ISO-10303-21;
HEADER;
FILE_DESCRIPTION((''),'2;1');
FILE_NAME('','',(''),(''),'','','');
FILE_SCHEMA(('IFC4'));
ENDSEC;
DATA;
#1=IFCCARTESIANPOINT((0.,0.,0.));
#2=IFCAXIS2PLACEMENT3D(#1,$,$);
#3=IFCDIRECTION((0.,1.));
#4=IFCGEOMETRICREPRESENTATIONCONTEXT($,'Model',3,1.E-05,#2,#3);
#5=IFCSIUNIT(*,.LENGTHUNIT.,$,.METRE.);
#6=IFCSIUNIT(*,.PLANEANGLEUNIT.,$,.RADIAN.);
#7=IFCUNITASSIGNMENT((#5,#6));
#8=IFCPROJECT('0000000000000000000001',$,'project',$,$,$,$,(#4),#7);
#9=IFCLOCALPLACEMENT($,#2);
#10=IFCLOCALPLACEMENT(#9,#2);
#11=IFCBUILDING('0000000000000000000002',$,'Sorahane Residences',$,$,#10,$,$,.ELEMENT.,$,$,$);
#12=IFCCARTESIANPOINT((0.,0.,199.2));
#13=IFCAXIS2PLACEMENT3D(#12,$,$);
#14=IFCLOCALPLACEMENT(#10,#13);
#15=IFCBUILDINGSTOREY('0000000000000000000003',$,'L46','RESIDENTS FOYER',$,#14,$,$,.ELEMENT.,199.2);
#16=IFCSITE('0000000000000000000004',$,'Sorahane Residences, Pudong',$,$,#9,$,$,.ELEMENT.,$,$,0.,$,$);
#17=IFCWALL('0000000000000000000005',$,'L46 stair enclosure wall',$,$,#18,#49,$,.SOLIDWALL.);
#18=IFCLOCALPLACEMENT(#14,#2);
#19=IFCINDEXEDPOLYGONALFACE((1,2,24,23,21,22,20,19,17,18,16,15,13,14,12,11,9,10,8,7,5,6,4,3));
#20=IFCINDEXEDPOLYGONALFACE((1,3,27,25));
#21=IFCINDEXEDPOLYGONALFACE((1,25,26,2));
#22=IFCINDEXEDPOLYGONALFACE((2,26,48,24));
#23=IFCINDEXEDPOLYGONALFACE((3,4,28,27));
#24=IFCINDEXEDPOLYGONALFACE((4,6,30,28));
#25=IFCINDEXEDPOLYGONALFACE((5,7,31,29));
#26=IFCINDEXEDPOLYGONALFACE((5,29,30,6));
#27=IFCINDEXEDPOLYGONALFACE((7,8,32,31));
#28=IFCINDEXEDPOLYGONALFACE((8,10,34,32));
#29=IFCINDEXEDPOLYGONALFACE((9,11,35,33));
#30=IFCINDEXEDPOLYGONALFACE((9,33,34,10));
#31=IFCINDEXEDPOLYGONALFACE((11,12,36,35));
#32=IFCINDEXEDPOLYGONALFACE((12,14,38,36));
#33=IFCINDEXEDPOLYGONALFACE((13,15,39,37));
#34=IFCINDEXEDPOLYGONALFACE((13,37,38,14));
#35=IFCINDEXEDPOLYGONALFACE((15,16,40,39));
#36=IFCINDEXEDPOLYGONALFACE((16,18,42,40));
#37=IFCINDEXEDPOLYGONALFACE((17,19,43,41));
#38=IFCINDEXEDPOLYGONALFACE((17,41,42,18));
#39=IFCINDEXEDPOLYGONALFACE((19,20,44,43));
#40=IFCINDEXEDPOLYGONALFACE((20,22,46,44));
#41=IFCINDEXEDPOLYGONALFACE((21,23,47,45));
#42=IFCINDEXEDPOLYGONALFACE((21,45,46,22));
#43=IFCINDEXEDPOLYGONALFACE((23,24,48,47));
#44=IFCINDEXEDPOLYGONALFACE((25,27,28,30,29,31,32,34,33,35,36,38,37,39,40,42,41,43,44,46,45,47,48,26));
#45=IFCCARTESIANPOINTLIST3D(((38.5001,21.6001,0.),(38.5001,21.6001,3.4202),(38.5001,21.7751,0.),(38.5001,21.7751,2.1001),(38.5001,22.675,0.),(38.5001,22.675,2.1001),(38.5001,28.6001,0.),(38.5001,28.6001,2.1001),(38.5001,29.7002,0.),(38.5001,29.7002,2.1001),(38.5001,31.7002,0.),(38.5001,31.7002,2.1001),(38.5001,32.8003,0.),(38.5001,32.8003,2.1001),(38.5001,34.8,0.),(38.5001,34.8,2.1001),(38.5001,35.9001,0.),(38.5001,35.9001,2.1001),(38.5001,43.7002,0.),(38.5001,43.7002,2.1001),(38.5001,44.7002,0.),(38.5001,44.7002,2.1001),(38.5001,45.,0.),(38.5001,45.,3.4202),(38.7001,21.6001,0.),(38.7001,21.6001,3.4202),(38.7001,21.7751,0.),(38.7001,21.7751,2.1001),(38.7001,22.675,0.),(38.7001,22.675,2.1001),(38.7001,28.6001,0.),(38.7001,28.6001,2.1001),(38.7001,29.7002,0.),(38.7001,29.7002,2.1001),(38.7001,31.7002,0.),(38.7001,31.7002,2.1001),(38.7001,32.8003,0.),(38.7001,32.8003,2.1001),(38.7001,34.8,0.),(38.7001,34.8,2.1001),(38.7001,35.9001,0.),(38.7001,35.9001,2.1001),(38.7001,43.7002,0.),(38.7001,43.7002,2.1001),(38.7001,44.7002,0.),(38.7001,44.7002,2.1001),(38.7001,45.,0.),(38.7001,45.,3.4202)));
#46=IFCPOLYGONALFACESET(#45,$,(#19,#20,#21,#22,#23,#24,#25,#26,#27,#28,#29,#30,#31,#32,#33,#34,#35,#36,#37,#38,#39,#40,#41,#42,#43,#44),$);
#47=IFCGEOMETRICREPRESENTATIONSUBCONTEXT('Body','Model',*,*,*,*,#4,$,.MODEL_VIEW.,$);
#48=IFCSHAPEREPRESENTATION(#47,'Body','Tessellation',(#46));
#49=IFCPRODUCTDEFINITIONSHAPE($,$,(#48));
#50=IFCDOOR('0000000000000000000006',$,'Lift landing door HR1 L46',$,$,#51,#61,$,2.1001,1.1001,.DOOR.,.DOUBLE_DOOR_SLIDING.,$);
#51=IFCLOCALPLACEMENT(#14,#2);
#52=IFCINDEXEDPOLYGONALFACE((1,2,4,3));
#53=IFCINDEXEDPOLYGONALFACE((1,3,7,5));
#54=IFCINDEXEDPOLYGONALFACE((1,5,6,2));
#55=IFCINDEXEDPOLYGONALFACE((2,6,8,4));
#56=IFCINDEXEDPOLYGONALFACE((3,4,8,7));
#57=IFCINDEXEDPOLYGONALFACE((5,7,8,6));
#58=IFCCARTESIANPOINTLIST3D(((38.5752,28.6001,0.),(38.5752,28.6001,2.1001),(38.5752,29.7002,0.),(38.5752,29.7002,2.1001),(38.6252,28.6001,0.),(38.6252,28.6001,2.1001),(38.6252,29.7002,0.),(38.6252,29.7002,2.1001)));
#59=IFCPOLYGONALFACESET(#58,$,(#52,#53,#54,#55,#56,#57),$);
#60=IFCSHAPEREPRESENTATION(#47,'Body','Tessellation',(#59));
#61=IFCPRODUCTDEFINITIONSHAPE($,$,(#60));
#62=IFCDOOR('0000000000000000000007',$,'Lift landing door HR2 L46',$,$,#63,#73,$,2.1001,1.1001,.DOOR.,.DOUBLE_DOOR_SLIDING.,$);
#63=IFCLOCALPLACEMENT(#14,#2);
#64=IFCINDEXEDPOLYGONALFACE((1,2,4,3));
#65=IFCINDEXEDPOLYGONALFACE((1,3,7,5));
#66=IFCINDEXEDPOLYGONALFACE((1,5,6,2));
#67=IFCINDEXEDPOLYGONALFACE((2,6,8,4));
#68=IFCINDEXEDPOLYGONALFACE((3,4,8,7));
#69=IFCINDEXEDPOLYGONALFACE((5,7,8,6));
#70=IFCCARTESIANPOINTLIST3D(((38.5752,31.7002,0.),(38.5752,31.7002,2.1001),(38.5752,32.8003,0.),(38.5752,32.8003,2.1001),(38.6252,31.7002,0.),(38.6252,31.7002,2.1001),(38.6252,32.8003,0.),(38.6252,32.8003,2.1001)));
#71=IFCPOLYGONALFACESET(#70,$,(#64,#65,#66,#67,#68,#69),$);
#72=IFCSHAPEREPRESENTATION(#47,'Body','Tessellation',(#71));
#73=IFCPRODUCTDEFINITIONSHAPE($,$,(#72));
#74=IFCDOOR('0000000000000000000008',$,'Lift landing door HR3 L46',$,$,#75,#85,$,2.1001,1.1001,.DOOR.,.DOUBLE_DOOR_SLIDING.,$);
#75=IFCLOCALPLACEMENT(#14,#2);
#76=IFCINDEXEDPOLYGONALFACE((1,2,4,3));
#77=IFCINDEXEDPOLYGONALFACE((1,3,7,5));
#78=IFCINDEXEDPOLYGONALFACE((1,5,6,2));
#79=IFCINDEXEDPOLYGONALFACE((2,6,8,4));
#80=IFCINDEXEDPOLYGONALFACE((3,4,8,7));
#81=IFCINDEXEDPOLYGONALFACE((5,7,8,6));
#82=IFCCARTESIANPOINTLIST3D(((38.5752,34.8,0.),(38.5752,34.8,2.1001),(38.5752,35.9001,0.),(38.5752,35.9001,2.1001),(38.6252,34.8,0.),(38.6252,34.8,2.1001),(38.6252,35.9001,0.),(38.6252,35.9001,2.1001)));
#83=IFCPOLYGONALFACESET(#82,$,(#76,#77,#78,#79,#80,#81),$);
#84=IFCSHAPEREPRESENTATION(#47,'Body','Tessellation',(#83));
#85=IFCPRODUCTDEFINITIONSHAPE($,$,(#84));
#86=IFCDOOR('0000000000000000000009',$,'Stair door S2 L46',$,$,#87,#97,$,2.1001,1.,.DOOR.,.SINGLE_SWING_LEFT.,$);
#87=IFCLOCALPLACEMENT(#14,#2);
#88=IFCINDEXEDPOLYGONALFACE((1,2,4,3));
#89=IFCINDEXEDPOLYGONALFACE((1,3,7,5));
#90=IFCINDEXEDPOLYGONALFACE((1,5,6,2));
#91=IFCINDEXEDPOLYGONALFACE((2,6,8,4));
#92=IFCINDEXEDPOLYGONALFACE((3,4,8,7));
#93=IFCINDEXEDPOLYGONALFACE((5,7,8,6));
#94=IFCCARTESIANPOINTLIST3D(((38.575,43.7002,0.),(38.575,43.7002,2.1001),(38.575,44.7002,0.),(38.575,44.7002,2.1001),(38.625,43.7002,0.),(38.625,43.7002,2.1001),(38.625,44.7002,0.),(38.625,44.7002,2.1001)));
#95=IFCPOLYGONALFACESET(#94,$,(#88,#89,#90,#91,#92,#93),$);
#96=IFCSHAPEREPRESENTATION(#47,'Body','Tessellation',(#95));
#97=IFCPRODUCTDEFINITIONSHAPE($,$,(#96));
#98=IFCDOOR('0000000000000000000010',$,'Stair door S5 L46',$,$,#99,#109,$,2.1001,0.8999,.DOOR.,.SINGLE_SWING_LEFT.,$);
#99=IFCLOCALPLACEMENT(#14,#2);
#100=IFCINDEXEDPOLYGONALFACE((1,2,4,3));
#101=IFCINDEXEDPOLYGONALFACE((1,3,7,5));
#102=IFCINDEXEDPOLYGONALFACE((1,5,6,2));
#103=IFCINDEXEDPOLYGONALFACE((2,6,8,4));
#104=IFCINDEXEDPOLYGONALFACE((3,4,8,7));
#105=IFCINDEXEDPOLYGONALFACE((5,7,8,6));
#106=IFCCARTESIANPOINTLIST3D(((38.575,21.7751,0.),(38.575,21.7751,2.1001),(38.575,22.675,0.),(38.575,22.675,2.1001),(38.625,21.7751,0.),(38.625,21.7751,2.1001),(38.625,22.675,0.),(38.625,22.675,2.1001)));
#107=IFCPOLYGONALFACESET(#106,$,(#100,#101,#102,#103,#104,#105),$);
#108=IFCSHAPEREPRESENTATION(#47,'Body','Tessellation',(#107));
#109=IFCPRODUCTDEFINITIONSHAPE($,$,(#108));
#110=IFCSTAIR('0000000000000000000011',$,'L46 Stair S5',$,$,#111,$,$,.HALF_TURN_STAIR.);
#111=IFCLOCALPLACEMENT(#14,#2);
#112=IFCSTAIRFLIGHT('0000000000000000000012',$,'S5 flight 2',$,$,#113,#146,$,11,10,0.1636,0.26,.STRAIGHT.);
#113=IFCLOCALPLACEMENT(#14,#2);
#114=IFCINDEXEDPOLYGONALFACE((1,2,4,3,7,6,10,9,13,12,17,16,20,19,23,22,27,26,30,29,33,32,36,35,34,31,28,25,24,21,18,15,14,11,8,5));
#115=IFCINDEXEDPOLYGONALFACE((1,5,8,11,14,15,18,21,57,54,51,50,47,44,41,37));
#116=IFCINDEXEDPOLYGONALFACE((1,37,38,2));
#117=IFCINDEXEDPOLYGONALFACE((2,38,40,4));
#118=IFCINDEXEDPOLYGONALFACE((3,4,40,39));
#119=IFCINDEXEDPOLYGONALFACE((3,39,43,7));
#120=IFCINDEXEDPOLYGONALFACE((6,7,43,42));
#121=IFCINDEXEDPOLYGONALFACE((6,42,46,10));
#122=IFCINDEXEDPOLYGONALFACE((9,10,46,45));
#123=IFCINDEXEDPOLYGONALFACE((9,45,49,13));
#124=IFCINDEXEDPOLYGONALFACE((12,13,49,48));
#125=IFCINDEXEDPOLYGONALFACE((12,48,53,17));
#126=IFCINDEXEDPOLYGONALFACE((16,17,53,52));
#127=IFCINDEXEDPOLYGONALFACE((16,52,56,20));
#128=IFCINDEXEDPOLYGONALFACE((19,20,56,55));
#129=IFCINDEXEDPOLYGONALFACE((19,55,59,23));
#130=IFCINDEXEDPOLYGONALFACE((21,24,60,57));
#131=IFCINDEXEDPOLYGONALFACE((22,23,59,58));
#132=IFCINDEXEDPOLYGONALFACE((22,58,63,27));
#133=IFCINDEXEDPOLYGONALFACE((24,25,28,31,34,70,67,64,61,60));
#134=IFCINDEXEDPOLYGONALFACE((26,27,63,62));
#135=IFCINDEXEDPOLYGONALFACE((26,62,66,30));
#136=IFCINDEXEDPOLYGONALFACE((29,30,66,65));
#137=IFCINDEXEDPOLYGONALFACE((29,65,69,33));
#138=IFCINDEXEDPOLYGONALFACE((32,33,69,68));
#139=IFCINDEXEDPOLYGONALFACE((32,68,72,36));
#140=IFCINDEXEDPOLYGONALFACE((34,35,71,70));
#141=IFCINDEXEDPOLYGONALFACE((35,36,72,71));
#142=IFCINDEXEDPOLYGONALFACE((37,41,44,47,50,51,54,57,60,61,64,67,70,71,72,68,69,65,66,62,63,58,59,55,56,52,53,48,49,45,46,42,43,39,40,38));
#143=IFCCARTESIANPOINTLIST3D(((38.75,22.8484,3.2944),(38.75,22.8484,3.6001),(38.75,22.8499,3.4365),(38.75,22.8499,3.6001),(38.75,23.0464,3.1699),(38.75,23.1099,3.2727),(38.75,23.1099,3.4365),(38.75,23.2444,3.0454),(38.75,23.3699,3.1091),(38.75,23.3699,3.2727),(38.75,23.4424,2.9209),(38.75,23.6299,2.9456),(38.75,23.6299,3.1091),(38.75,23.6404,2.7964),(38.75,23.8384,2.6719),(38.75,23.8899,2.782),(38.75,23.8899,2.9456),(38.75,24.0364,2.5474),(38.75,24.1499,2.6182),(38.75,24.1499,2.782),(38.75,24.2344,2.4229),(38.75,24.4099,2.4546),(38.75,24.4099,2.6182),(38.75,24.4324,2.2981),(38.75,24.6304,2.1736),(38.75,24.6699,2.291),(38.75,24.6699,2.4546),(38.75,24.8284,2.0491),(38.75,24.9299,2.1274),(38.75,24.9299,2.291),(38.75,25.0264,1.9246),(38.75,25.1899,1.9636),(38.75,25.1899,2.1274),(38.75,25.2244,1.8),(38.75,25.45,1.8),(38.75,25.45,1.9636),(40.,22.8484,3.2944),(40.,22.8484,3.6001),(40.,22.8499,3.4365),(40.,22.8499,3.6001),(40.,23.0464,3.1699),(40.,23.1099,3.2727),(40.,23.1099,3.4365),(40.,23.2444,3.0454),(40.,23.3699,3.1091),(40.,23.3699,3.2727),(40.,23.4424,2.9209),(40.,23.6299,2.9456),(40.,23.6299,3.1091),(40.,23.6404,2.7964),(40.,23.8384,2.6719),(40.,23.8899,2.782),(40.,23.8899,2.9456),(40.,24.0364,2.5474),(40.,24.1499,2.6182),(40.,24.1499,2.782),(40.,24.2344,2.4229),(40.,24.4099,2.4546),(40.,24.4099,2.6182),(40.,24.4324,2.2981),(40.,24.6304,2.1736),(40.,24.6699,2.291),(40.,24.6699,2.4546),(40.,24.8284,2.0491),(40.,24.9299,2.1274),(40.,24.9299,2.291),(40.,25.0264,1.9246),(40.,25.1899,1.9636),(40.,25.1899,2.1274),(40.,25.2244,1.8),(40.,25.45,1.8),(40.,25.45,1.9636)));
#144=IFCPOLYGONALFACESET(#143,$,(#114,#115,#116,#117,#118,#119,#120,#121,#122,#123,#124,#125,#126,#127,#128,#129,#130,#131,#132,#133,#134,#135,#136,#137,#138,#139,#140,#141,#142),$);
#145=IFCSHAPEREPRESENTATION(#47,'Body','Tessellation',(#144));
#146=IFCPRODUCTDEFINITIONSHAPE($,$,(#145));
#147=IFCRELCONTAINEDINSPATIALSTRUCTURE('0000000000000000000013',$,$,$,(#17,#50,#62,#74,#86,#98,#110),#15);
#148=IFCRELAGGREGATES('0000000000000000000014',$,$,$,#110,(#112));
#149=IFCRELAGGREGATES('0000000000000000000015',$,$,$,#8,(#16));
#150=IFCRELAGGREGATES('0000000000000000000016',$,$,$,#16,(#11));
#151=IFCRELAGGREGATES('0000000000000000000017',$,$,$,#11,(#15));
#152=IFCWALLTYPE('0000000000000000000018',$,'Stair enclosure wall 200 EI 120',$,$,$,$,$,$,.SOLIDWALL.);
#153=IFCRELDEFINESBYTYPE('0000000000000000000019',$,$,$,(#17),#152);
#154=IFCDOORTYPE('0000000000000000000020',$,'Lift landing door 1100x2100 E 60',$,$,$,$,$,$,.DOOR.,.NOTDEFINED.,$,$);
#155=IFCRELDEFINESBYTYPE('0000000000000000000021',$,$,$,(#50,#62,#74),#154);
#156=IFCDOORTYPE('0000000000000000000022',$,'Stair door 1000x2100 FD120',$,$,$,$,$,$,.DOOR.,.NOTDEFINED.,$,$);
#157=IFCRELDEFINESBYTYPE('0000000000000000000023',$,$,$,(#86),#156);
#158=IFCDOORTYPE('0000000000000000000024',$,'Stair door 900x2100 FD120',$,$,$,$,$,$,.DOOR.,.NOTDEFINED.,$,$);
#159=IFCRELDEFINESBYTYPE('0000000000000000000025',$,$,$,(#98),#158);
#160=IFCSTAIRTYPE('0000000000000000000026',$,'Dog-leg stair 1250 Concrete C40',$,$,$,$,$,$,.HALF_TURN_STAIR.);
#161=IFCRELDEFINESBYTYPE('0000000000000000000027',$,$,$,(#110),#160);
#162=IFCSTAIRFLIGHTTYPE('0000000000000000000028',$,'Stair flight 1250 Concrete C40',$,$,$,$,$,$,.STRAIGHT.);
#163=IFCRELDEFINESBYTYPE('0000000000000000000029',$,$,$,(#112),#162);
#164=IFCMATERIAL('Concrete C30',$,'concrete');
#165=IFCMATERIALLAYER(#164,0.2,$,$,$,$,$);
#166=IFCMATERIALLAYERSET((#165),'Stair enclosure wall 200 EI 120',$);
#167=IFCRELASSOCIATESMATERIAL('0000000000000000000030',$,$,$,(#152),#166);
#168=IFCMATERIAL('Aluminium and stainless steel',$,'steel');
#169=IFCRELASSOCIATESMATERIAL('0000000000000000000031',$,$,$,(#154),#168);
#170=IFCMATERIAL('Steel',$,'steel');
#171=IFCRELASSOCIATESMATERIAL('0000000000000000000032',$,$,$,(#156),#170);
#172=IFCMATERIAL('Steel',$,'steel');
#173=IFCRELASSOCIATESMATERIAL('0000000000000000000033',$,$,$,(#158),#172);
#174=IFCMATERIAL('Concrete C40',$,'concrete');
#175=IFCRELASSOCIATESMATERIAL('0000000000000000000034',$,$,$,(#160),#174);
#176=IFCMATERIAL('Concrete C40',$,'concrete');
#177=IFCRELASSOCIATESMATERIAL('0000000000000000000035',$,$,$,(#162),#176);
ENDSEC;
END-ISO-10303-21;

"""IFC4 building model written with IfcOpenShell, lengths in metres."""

from ifc_helpers import new_model, si_unit, direction, frame, frame_2d, origin, place, context, subcontext, project, spatial, polyline, rectangle, outline, extrude, material, layer, layer_set, type_object, element, fill, aggregate, save


model = new_model("IFC4")

# Units and contexts
model_context = context("Model", 3, precision=1e-05, world=origin(), true_north=direction((0.0, 1.0)))
body_context = subcontext(model_context, "Body", "Model", "MODEL_VIEW")
ifc_project = project(units=[si_unit("LENGTHUNIT", "METRE"), si_unit("PLANEANGLEUNIT", "RADIAN")], contexts=[model_context])

# Site, building, storey
site_placement = place(None, origin())
site = spatial("IfcSite", under=ifc_project, at=site_placement, Name="Sorahane Residences, Pudong", CompositionType="ELEMENT", RefElevation=0.0)
building_placement = place(site_placement, origin())
building = spatial("IfcBuilding", under=site, at=building_placement, Name="Sorahane Residences", CompositionType="ELEMENT")
storey_placement = place(building_placement, frame((0.0, 0.0, 199.2)))
storey = spatial("IfcBuildingStorey", under=building, at=storey_placement, Name="L46", Description="RESIDENTS FOYER", CompositionType="ELEMENT", Elevation=199.2)

# Wall, openings, doors
ifc_material_1 = material(Name="Concrete C30", Category="concrete")
ifc_layer_1 = layer(ifc_material_1, 0.2)
ifc_layer_set_1 = layer_set([ifc_layer_1], Name="Stair enclosure wall 200 EI 120")
wall_type_1 = type_object("IfcWallType", Name="Stair enclosure wall 200 EI 120", PredefinedType="SOLIDWALL", material=ifc_layer_set_1)
wall_1_placement = place(storey_placement, frame((38.6001, 21.6001, 0.0), z_axis=(0.0, 0.0, 1.0), x_axis=(0.0, 1.0, 0.0)))
wall_1 = element("IfcWall", 1, at=wall_1_placement, inside=storey, type_object=wall_type_1, Name="L46 stair enclosure wall", PredefinedType="SOLIDWALL", context=body_context, shape_type="SweptSolid", body=[
    extrude(rectangle(XDim=23.3999, YDim=0.2, at=frame_2d((11.7, 0.0))), origin(), (0.0, 0.0, 1.0), 3.4202),
])
opening_1_placement = place(wall_1_placement, frame((7.0, 0.0, 0.0)))
opening_1 = element("IfcOpeningElement", 2, at=opening_1_placement, cuts=wall_1, PredefinedType="OPENING", context=body_context, shape_type="SweptSolid", body=[
    extrude(rectangle(XDim=1.1001, YDim=2.1001, at=frame_2d((0.55, 1.05))), frame((0.0, 0.1099, 0.0), z_axis=(0.0, -1.0, 0.0), x_axis=(1.0, 0.0, 0.0)), (0.0, 0.0, 1.0), 0.22),
])
opening_2_placement = place(wall_1_placement, frame((10.1001, 0.0, 0.0)))
opening_2 = element("IfcOpeningElement", 3, at=opening_2_placement, cuts=wall_1, PredefinedType="OPENING", context=body_context, shape_type="SweptSolid", body=[
    extrude(rectangle(XDim=1.1001, YDim=2.1001, at=frame_2d((0.55, 1.05))), frame((0.0, 0.1099, 0.0), z_axis=(0.0, -1.0, 0.0), x_axis=(1.0, 0.0, 0.0)), (0.0, 0.0, 1.0), 0.22),
])
opening_3_placement = place(wall_1_placement, frame((13.2, 0.0, 0.0)))
opening_3 = element("IfcOpeningElement", 4, at=opening_3_placement, cuts=wall_1, PredefinedType="OPENING", context=body_context, shape_type="SweptSolid", body=[
    extrude(rectangle(XDim=1.1001, YDim=2.1001, at=frame_2d((0.55, 1.05))), frame((0.0, 0.1099, 0.0), z_axis=(0.0, -1.0, 0.0), x_axis=(1.0, 0.0, 0.0)), (0.0, 0.0, 1.0), 0.22),
])
opening_4_placement = place(wall_1_placement, frame((22.1001, 0.0, 0.0)))
opening_4 = element("IfcOpeningElement", 5, at=opening_4_placement, cuts=wall_1, PredefinedType="OPENING", context=body_context, shape_type="SweptSolid", body=[
    extrude(rectangle(XDim=1.0, YDim=2.1001, at=frame_2d((0.5, 1.05))), frame((0.0, 0.1099, 0.0), z_axis=(0.0, -1.0, 0.0), x_axis=(1.0, 0.0, 0.0)), (0.0, 0.0, 1.0), 0.22),
])
opening_5_placement = place(wall_1_placement, frame((0.175, 0.0, 0.0)))
opening_5 = element("IfcOpeningElement", 6, at=opening_5_placement, cuts=wall_1, PredefinedType="OPENING", context=body_context, shape_type="SweptSolid", body=[
    extrude(rectangle(XDim=0.8999, YDim=2.1001, at=frame_2d((0.45, 1.05))), frame((0.0, 0.1099, 0.0), z_axis=(0.0, -1.0, 0.0), x_axis=(1.0, 0.0, 0.0)), (0.0, 0.0, 1.0), 0.22),
])
ifc_material_2 = material(Name="Aluminium and stainless steel", Category="steel")
door_type_1 = type_object("IfcDoorType", Name="Lift landing door 1100x2100 E 60", OperationType="NOTDEFINED", PredefinedType="DOOR", material=ifc_material_2)
door_1_placement = place(opening_1_placement, origin())
door_1 = element("IfcDoor", 7, at=door_1_placement, inside=storey, type_object=door_type_1, Name="Lift landing door HR1 L46", OperationType="DOUBLE_DOOR_SLIDING", OverallHeight=2.1001, OverallWidth=1.1001, PredefinedType="DOOR", context=body_context, shape_type="SweptSolid", body=[
    extrude(rectangle(XDim=1.1001, YDim=2.1001, at=frame_2d((0.55, 1.05))), frame((0.0, 0.0249, 0.0), z_axis=(0.0, -1.0, 0.0), x_axis=(1.0, 0.0, 0.0)), (0.0, 0.0, 1.0), 0.05),
])
fill(opening_1, door_1)
door_2_placement = place(opening_2_placement, origin())
door_2 = element("IfcDoor", 8, at=door_2_placement, inside=storey, type_object=door_type_1, Name="Lift landing door HR2 L46", OperationType="DOUBLE_DOOR_SLIDING", OverallHeight=2.1001, OverallWidth=1.1001, PredefinedType="DOOR", context=body_context, shape_type="SweptSolid", body=[
    extrude(rectangle(XDim=1.1001, YDim=2.1001, at=frame_2d((0.55, 1.05))), frame((0.0, 0.0249, 0.0), z_axis=(0.0, -1.0, 0.0), x_axis=(1.0, 0.0, 0.0)), (0.0, 0.0, 1.0), 0.05),
])
fill(opening_2, door_2)
door_3_placement = place(opening_3_placement, origin())
door_3 = element("IfcDoor", 9, at=door_3_placement, inside=storey, type_object=door_type_1, Name="Lift landing door HR3 L46", OperationType="DOUBLE_DOOR_SLIDING", OverallHeight=2.1001, OverallWidth=1.1001, PredefinedType="DOOR", context=body_context, shape_type="SweptSolid", body=[
    extrude(rectangle(XDim=1.1001, YDim=2.1001, at=frame_2d((0.55, 1.05))), frame((0.0, 0.0249, 0.0), z_axis=(0.0, -1.0, 0.0), x_axis=(1.0, 0.0, 0.0)), (0.0, 0.0, 1.0), 0.05),
])
fill(opening_3, door_3)
ifc_material_3 = material(Name="Steel", Category="steel")
door_type_2 = type_object("IfcDoorType", Name="Stair door 1000x2100 FD120", OperationType="NOTDEFINED", PredefinedType="DOOR", material=ifc_material_3)
door_4_placement = place(opening_4_placement, frame((1.0, 0.0, 0.0), z_axis=(0.0, 0.0, 1.0), x_axis=(-1.0, 0.0, 0.0)))
door_4 = element("IfcDoor", 10, at=door_4_placement, inside=storey, type_object=door_type_2, Name="Stair door S2 L46", OperationType="SINGLE_SWING_LEFT", OverallHeight=2.1001, OverallWidth=1.0, PredefinedType="DOOR", context=body_context, shape_type="SweptSolid", body=[
    extrude(rectangle(XDim=1.0, YDim=2.1001, at=frame_2d((0.5, 1.05))), frame((0.0, 0.0249, 0.0), z_axis=(0.0, -1.0, 0.0), x_axis=(1.0, 0.0, 0.0)), (0.0, 0.0, 1.0), 0.05),
])
fill(opening_4, door_4)
ifc_material_4 = material(Name="Steel", Category="steel")
door_type_3 = type_object("IfcDoorType", Name="Stair door 900x2100 FD120", OperationType="NOTDEFINED", PredefinedType="DOOR", material=ifc_material_4)
door_5_placement = place(opening_5_placement, frame((0.8999, 0.0, 0.0), z_axis=(0.0, 0.0, 1.0), x_axis=(-1.0, 0.0, 0.0)))
door_5 = element("IfcDoor", 11, at=door_5_placement, inside=storey, type_object=door_type_3, Name="Stair door S5 L46", OperationType="SINGLE_SWING_LEFT", OverallHeight=2.1001, OverallWidth=0.8999, PredefinedType="DOOR", context=body_context, shape_type="SweptSolid", body=[
    extrude(rectangle(XDim=0.8999, YDim=2.1001, at=frame_2d((0.45, 1.05))), frame((0.0, 0.0249, 0.0), z_axis=(0.0, -1.0, 0.0), x_axis=(1.0, 0.0, 0.0)), (0.0, 0.0, 1.0), 0.05),
])
fill(opening_5, door_5)

# Stair, stair flight
ifc_material_5 = material(Name="Concrete C40", Category="concrete")
stair_type = type_object("IfcStairType", Name="Dog-leg stair 1250 Concrete C40", PredefinedType="HALF_TURN_STAIR", material=ifc_material_5)
stair_placement = place(storey_placement, origin())
stair = element("IfcStair", 12, at=stair_placement, inside=storey, type_object=stair_type, Name="L46 Stair S5", PredefinedType="HALF_TURN_STAIR")
ifc_material_6 = material(Name="Concrete C40", Category="concrete")
stair_flight_type = type_object("IfcStairFlightType", Name="Stair flight 1250 Concrete C40", PredefinedType="STRAIGHT", material=ifc_material_6)
stair_flight_placement = place(storey_placement, frame((39.375, 25.45, 1.8), z_axis=(0.0, 0.0, 1.0), x_axis=(0.0, -1.0, 0.0)))
stair_flight = element("IfcStairFlight", 13, at=stair_flight_placement, type_object=stair_flight_type, Name="S5 flight 2", NumberOfRisers=11, NumberOfTreads=10, PredefinedType="STRAIGHT", RiserHeight=0.1636, TreadLength=0.26, context=body_context, shape_type="SweptSolid", body=[
    extrude(outline(polyline([(0.0, 0.0), (0.0, 0.1636), (0.26, 0.1636), (0.26, 0.3274), (0.52, 0.3274), (0.52, 0.491), (0.78, 0.491), (0.78, 0.6545), (1.04, 0.6545), (1.04, 0.8181), (1.3, 0.8181), (1.3, 0.9819), (1.5601, 0.9819), (1.5601, 1.1455), (1.8201, 1.1455), (1.8201, 1.3091), (2.0801, 1.3091), (2.0801, 1.4727), (2.3401, 1.4727), (2.3401, 1.6365), (2.6001, 1.6365), (2.6001, 1.8), (2.6016, 1.8), (2.6016, 1.4944), (2.4036, 1.3699), (2.2056, 1.2454), (2.0076, 1.1208), (1.8096, 0.9963), (1.6116, 0.8718), (1.4136, 0.7473), (1.2156, 0.6228), (1.0176, 0.498), (0.8196, 0.3735), (0.6216, 0.249), (0.4236, 0.1245), (0.2256, 0.0), (0.0, 0.0)])), frame((0.0, 0.625, 0.0), z_axis=(0.0, -1.0, 0.0), x_axis=(1.0, 0.0, 0.0)), (0.0, 0.0, 1.0), 1.25),
])
aggregate(stair, [stair_flight])

save(model, "model.ifc")
